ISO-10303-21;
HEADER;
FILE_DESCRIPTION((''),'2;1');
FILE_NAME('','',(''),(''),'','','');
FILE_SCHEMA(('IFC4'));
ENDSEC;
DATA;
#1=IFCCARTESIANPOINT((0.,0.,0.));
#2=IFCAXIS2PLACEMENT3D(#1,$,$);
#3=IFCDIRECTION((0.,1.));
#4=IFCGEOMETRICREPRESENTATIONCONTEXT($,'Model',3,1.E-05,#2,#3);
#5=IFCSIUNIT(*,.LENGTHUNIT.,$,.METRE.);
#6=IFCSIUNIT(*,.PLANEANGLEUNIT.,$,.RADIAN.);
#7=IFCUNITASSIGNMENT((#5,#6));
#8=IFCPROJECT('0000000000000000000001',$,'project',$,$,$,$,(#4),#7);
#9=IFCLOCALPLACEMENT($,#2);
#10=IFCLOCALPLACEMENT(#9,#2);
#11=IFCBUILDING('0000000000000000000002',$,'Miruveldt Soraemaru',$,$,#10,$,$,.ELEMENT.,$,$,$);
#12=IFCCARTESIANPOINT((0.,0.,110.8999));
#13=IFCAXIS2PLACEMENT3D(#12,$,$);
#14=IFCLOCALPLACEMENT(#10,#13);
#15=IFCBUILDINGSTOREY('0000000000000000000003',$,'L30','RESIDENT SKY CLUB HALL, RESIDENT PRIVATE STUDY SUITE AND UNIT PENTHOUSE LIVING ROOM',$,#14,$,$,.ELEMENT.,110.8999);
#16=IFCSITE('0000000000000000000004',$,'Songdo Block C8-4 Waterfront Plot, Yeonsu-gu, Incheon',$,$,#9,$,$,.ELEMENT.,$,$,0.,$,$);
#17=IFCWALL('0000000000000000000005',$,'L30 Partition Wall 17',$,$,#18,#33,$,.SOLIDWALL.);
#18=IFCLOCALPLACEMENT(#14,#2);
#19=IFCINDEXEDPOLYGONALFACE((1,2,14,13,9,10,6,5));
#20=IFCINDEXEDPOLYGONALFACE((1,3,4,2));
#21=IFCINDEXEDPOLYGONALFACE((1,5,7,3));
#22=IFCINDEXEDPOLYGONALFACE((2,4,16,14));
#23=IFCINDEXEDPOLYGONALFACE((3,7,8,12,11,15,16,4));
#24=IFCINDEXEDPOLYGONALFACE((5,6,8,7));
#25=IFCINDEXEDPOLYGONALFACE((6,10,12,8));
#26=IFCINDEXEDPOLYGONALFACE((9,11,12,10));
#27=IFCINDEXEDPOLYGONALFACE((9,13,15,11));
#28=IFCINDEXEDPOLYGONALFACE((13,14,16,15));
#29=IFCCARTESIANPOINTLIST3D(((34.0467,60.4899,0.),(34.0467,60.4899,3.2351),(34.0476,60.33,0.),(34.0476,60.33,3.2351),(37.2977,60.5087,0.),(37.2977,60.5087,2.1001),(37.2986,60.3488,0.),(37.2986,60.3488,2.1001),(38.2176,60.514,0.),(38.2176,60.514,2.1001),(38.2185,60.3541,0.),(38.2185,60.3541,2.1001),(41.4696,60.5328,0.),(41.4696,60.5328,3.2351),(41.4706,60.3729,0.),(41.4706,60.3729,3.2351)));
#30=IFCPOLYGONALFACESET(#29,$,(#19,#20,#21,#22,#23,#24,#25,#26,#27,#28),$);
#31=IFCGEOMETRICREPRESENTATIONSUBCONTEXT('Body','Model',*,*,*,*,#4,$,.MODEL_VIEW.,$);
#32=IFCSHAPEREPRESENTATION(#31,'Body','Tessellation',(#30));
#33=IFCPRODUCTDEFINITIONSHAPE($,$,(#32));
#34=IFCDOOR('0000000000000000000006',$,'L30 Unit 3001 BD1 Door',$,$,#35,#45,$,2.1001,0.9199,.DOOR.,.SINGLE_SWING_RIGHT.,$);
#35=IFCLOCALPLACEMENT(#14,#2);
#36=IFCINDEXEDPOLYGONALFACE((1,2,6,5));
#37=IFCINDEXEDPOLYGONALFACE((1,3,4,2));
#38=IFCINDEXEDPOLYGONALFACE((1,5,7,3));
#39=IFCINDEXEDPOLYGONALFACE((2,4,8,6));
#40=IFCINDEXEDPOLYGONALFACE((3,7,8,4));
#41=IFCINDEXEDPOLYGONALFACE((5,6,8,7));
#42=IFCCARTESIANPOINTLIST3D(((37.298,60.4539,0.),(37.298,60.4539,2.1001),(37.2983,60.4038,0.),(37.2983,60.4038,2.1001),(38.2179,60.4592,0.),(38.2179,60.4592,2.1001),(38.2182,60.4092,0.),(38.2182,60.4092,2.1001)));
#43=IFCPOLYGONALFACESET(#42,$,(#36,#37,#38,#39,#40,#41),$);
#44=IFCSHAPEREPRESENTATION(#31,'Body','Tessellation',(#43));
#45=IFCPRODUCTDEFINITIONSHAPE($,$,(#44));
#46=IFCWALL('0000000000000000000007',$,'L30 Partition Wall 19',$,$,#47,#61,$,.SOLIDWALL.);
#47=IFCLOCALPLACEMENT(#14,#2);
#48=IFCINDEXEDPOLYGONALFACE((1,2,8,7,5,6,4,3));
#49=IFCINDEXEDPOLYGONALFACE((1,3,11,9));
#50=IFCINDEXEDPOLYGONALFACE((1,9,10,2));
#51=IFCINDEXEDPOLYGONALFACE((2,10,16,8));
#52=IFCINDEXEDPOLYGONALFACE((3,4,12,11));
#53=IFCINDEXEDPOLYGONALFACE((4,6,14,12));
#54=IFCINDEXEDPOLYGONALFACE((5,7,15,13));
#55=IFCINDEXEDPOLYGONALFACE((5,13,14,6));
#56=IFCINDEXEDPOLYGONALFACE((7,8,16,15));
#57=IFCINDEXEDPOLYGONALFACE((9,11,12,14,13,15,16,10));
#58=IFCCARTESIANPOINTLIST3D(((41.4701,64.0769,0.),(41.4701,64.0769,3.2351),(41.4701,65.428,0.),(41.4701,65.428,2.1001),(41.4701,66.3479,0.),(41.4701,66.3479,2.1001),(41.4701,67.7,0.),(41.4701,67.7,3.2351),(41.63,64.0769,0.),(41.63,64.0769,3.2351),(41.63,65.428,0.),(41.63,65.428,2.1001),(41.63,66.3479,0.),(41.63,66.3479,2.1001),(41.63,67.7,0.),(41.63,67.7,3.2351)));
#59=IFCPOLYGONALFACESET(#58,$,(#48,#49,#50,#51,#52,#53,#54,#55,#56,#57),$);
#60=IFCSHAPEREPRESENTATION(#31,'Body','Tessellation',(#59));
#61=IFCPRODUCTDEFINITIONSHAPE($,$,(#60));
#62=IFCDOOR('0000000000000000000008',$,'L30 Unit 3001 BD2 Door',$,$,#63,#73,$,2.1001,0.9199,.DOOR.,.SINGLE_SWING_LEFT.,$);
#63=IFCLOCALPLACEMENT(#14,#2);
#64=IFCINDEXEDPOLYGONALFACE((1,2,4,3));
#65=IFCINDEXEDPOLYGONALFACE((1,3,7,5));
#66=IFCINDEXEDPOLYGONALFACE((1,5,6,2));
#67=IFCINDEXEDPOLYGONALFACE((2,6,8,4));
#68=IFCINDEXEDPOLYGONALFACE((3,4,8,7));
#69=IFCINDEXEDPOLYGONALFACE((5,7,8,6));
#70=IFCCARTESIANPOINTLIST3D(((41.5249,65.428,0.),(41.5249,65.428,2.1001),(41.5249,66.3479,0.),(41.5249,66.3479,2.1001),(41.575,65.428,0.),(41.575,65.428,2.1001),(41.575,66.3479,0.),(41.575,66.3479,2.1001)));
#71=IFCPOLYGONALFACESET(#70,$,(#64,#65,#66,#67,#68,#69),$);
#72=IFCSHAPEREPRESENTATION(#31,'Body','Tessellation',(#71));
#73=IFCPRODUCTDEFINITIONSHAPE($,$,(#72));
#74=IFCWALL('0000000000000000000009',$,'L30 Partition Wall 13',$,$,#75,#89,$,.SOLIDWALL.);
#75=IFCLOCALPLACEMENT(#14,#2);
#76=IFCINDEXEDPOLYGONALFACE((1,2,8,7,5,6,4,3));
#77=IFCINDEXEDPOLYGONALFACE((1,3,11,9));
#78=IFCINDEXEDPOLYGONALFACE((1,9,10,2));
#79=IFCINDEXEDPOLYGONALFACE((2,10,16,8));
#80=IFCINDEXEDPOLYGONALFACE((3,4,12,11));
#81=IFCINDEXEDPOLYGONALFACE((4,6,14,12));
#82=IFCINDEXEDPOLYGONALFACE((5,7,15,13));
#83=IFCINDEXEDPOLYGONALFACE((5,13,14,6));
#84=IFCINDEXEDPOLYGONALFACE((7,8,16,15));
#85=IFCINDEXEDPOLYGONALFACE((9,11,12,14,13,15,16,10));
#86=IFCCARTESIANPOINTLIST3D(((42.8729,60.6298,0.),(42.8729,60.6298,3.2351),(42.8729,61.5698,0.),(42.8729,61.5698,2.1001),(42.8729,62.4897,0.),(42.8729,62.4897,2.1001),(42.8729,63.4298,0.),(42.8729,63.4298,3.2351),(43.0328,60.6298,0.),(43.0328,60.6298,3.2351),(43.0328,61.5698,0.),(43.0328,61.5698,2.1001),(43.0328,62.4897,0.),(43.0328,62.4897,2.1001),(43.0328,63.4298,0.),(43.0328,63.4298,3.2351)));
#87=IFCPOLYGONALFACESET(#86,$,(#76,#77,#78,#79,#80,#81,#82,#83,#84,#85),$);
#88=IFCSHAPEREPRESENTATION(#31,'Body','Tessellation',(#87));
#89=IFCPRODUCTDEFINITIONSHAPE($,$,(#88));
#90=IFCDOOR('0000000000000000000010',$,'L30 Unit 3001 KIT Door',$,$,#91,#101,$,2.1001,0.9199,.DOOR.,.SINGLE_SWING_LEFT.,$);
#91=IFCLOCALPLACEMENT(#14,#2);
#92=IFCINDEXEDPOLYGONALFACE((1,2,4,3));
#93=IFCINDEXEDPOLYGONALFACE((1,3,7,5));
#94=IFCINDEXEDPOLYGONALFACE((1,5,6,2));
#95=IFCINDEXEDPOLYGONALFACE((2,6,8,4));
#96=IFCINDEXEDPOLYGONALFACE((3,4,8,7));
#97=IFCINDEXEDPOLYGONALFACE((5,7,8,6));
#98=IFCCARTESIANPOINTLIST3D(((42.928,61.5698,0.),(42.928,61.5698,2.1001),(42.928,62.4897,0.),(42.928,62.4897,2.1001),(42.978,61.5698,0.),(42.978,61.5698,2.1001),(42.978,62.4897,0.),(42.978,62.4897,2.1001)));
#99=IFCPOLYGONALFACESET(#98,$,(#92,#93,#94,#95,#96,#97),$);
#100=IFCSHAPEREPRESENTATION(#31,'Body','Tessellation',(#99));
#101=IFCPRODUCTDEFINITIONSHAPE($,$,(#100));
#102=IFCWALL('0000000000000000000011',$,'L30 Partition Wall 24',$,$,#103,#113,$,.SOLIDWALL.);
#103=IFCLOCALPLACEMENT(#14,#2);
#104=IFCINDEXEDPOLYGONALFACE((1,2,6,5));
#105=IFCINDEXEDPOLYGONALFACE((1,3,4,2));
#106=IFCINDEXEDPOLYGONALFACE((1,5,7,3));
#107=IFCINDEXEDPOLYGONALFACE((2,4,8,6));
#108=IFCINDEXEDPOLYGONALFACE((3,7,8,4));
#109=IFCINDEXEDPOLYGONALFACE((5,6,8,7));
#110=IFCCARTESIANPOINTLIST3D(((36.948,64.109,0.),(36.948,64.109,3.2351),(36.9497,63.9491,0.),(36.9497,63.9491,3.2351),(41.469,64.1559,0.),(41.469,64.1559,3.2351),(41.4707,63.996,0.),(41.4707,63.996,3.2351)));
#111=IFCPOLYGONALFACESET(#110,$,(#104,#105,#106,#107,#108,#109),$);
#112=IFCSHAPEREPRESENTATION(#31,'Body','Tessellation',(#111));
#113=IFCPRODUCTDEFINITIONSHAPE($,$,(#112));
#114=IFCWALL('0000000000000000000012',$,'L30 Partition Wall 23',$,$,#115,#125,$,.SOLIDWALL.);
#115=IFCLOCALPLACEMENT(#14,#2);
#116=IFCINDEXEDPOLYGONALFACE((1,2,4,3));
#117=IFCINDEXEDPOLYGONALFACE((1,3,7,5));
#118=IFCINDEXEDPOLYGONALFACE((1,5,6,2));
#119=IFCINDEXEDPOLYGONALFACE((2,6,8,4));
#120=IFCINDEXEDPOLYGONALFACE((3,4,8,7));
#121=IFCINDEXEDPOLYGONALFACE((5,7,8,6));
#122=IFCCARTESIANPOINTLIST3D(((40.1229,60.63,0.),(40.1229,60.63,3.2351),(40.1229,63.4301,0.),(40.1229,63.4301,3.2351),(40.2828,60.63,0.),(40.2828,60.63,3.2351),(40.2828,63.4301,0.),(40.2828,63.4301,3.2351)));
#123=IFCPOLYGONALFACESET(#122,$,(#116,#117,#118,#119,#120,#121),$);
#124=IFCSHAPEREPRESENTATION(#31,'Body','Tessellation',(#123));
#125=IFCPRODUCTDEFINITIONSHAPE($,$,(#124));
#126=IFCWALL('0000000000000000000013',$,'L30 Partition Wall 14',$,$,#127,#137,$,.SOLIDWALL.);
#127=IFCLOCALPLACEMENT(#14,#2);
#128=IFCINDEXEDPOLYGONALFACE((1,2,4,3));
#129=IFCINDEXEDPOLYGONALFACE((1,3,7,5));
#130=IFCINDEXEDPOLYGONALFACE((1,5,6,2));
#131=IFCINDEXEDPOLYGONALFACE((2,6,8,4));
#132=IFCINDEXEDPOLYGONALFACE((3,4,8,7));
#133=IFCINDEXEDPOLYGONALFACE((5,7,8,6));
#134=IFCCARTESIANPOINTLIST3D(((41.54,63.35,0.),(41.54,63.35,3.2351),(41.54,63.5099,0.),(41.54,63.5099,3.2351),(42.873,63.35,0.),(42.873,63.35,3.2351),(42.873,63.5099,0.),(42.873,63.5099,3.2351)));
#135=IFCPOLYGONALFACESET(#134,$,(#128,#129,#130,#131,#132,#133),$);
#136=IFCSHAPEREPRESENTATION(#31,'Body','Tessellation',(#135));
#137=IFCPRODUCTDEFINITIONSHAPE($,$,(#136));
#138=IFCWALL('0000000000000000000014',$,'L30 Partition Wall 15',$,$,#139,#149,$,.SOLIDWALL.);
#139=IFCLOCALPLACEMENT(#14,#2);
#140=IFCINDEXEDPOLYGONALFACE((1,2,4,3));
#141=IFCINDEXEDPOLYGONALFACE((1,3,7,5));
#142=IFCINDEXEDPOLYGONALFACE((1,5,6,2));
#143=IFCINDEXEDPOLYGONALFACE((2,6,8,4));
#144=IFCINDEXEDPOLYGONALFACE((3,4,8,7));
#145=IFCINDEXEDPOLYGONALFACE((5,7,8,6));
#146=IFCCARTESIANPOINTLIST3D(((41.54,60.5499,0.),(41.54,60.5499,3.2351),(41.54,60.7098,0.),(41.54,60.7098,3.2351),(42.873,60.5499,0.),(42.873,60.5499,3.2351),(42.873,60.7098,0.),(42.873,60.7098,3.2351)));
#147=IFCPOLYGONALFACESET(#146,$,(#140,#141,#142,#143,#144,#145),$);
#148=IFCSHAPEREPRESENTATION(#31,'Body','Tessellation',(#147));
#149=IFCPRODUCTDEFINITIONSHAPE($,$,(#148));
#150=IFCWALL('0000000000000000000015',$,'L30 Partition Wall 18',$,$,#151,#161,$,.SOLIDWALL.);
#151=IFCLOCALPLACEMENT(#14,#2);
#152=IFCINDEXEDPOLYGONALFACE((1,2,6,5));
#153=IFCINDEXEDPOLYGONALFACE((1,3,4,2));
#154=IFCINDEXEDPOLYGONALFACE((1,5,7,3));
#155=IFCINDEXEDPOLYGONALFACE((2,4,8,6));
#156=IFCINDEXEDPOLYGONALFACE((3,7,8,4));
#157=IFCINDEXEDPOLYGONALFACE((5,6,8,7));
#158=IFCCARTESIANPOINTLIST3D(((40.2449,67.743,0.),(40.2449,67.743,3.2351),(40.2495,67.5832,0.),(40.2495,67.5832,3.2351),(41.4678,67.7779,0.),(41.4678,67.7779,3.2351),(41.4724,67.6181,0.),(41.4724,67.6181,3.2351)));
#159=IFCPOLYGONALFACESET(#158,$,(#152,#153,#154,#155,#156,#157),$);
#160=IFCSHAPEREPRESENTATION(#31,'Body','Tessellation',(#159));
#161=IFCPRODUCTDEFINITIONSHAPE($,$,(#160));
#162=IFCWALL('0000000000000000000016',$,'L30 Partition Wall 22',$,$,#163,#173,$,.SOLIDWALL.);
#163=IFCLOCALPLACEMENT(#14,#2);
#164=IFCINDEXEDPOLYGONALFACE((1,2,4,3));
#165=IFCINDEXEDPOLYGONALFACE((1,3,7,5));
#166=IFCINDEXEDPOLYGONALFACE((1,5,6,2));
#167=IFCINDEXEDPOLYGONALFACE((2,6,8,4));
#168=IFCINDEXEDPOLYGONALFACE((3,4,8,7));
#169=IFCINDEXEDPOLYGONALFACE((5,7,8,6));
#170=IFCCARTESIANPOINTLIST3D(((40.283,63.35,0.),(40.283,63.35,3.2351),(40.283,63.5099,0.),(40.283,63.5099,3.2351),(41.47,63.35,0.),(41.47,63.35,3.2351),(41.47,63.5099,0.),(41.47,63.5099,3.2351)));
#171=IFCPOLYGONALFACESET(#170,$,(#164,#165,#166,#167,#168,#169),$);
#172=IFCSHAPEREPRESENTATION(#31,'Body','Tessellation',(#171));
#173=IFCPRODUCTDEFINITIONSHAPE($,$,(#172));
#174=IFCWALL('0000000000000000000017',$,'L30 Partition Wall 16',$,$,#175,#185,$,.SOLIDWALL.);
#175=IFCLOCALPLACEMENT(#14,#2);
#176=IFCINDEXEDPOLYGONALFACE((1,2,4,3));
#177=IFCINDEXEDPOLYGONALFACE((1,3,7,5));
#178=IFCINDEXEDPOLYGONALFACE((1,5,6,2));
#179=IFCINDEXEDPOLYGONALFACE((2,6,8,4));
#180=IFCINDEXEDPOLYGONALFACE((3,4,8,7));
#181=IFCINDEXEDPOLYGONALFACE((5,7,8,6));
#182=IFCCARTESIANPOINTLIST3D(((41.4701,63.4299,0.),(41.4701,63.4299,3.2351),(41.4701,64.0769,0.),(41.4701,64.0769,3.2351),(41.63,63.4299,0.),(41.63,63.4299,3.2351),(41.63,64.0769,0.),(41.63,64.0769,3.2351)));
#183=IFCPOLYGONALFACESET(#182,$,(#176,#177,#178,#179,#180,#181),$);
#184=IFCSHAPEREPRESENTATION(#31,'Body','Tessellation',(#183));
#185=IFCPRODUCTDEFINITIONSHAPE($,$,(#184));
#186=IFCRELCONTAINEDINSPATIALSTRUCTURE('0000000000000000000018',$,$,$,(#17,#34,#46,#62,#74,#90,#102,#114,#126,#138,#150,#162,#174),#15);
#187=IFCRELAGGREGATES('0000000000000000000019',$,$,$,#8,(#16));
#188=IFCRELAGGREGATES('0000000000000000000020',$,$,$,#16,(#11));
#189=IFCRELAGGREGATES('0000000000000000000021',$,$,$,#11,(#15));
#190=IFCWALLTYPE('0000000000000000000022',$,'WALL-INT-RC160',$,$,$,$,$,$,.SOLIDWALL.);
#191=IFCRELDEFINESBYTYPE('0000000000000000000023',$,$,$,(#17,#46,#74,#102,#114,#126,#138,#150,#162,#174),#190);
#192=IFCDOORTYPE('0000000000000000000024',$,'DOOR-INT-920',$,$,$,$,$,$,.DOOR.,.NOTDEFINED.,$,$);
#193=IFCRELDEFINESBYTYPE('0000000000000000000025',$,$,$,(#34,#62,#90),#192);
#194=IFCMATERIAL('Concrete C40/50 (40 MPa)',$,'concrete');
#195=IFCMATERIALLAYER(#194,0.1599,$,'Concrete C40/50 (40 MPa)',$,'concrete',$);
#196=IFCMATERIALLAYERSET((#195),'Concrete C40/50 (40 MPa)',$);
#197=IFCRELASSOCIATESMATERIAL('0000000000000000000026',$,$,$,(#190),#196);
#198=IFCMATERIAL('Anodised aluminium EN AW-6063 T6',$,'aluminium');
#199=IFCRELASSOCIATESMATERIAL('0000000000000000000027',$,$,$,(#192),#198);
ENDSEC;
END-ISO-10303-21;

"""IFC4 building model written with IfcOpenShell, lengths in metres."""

from ifc_helpers import new_model, si_unit, direction, frame, frame_2d, origin, place, context, subcontext, project, spatial, rectangle, extrude, material, layer, layer_set, type_object, element, fill, save


model = new_model("IFC4")

# Units and contexts
model_context = context("Model", 3, precision=1e-05, world=origin(), true_north=direction((0.0, 1.0)))
body_context = subcontext(model_context, "Body", "Model", "MODEL_VIEW")
ifc_project = project(units=[si_unit("LENGTHUNIT", "METRE"), si_unit("PLANEANGLEUNIT", "RADIAN")], contexts=[model_context])

# Site, building, storey
site_placement = place(None, origin())
site = spatial("IfcSite", under=ifc_project, at=site_placement, Name="Songdo Block C8-4 Waterfront Plot, Yeonsu-gu, Incheon", CompositionType="ELEMENT", RefElevation=0.0)
building_placement = place(site_placement, origin())
building = spatial("IfcBuilding", under=site, at=building_placement, Name="Miruveldt Soraemaru", CompositionType="ELEMENT")
storey_placement = place(building_placement, frame((0.0, 0.0, 110.8999)))
storey = spatial("IfcBuildingStorey", under=building, at=storey_placement, Name="L30", Description="RESIDENT SKY CLUB HALL, RESIDENT PRIVATE STUDY SUITE AND UNIT PENTHOUSE LIVING ROOM", CompositionType="ELEMENT", Elevation=110.8999)

# Shared definitions
ifc_material_1 = material(Name="Anodised aluminium EN AW-6063 T6", Category="aluminium")

# Walls, openings, doors
ifc_material_2 = material(Name="Concrete C40/50 (40 MPa)", Category="concrete")
ifc_layer_1 = layer(ifc_material_2, 0.1599, Name="Concrete C40/50 (40 MPa)", Category="concrete")
ifc_layer_set_1 = layer_set([ifc_layer_1], Name="Concrete C40/50 (40 MPa)")
wall_type_1 = type_object("IfcWallType", Name="WALL-INT-RC160", PredefinedType="SOLIDWALL", material=ifc_layer_set_1)
wall_1_placement = place(storey_placement, frame((41.47, 60.4529, 0.0), z_axis=(0.0, 0.0, 1.0), x_axis=(-0.999983, -0.005789, 0.0)))
wall_1 = element("IfcWall", 1, at=wall_1_placement, inside=storey, type_object=wall_type_1, Name="L30 Partition Wall 17", PredefinedType="SOLIDWALL", context=body_context, shape_type="SweptSolid", body=[
    extrude(rectangle(XDim=7.4231, YDim=0.1599, at=frame_2d((3.7114, 0.0))), origin(), (0.0, 0.0, 1.0), 3.2351),
])
opening_1_placement = place(wall_1_placement, frame((3.252, 0.0, 0.0)))
opening_1 = element("IfcOpeningElement", 2, at=opening_1_placement, cuts=wall_1, PredefinedType="OPENING", context=body_context, shape_type="SweptSolid", body=[
    extrude(rectangle(XDim=0.9199, YDim=2.1001, at=frame_2d((0.46, 1.05))), frame((0.0, 0.0898, 0.0), z_axis=(0.0, -1.0, 0.0), x_axis=(1.0, 0.0, 0.0)), (0.0, 0.0, 1.0), 0.1799),
])
door_type = type_object("IfcDoorType", Name="DOOR-INT-920", OperationType="NOTDEFINED", PredefinedType="DOOR", material=ifc_material_1)
door_1_placement = place(opening_1_placement, origin())
door_1 = element("IfcDoor", 3, at=door_1_placement, inside=storey, type_object=door_type, Name="L30 Unit 3001 BD1 Door", OperationType="SINGLE_SWING_RIGHT", OverallHeight=2.1001, OverallWidth=0.9199, PredefinedType="DOOR", context=body_context, shape_type="SweptSolid", body=[
    extrude(rectangle(XDim=0.9199, YDim=2.1001, at=frame_2d((0.46, 1.05))), frame((0.0, 0.0249, 0.0), z_axis=(0.0, -1.0, 0.0), x_axis=(1.0, 0.0, 0.0)), (0.0, 0.0, 1.0), 0.05),
])
fill(opening_1, door_1)
wall_2_placement = place(storey_placement, frame((41.55, 67.7, 0.0), z_axis=(0.0, 0.0, 1.0), x_axis=(0.0, -1.0, 0.0)))
wall_2 = element("IfcWall", 4, at=wall_2_placement, inside=storey, type_object=wall_type_1, Name="L30 Partition Wall 19", PredefinedType="SOLIDWALL", context=body_context, shape_type="SweptSolid", body=[
    extrude(rectangle(XDim=3.623, YDim=0.1599, at=frame_2d((1.8115, 0.0))), origin(), (0.0, 0.0, 1.0), 3.2351),
])
opening_2_placement = place(wall_2_placement, frame((1.3521, 0.0, 0.0)))
opening_2 = element("IfcOpeningElement", 5, at=opening_2_placement, cuts=wall_2, PredefinedType="OPENING", context=body_context, shape_type="SweptSolid", body=[
    extrude(rectangle(XDim=0.9199, YDim=2.1001, at=frame_2d((0.46, 1.05))), frame((0.0, 0.0898, 0.0), z_axis=(0.0, -1.0, 0.0), x_axis=(1.0, 0.0, 0.0)), (0.0, 0.0, 1.0), 0.1799),
])
door_2_placement = place(opening_2_placement, origin())
door_2 = element("IfcDoor", 6, at=door_2_placement, inside=storey, type_object=door_type, Name="L30 Unit 3001 BD2 Door", OperationType="SINGLE_SWING_LEFT", OverallHeight=2.1001, OverallWidth=0.9199, PredefinedType="DOOR", context=body_context, shape_type="SweptSolid", body=[
    extrude(rectangle(XDim=0.9199, YDim=2.1001, at=frame_2d((0.46, 1.05))), frame((0.0, 0.0249, 0.0), z_axis=(0.0, -1.0, 0.0), x_axis=(1.0, 0.0, 0.0)), (0.0, 0.0, 1.0), 0.05),
])
fill(opening_2, door_2)
wall_3_placement = place(storey_placement, frame((42.9529, 60.6299, 0.0), z_axis=(0.0, 0.0, 1.0), x_axis=(0.0, 1.0, 0.0)))
wall_3 = element("IfcWall", 7, at=wall_3_placement, inside=storey, type_object=wall_type_1, Name="L30 Partition Wall 13", PredefinedType="SOLIDWALL", context=body_context, shape_type="SweptSolid", body=[
    extrude(rectangle(XDim=2.8, YDim=0.1599, at=frame_2d((1.3999, 0.0))), origin(), (0.0, 0.0, 1.0), 3.2351),
])
opening_3_placement = place(wall_3_placement, frame((0.9399, 0.0, 0.0)))
opening_3 = element("IfcOpeningElement", 8, at=opening_3_placement, cuts=wall_3, PredefinedType="OPENING", context=body_context, shape_type="SweptSolid", body=[
    extrude(rectangle(XDim=0.9199, YDim=2.1001, at=frame_2d((0.46, 1.05))), frame((0.0, 0.0898, 0.0), z_axis=(0.0, -1.0, 0.0), x_axis=(1.0, 0.0, 0.0)), (0.0, 0.0, 1.0), 0.1799),
])
door_3_placement = place(opening_3_placement, origin())
door_3 = element("IfcDoor", 9, at=door_3_placement, inside=storey, type_object=door_type, Name="L30 Unit 3001 KIT Door", OperationType="SINGLE_SWING_LEFT", OverallHeight=2.1001, OverallWidth=0.9199, PredefinedType="DOOR", context=body_context, shape_type="SweptSolid", body=[
    extrude(rectangle(XDim=0.9199, YDim=2.1001, at=frame_2d((0.46, 1.05))), frame((0.0, 0.0249, 0.0), z_axis=(0.0, -1.0, 0.0), x_axis=(1.0, 0.0, 0.0)), (0.0, 0.0, 1.0), 0.05),
])
fill(opening_3, door_3)

# Walls
wall_4_placement = place(storey_placement, frame((41.47, 64.0759, 0.0), z_axis=(0.0, 0.0, 1.0), x_axis=(-0.999946, -0.010368, 0.0)))
element("IfcWall", 10, at=wall_4_placement, inside=storey, type_object=wall_type_1, Name="L30 Partition Wall 24", PredefinedType="SOLIDWALL", context=body_context, shape_type="SweptSolid", body=[
    extrude(rectangle(XDim=4.5212, YDim=0.1599, at=frame_2d((2.2607, 0.0))), origin(), (0.0, 0.0, 1.0), 3.2351),
])
wall_5_placement = place(storey_placement, frame((40.2029, 63.4299, 0.0), z_axis=(0.0, 0.0, 1.0), x_axis=(0.0, -1.0, 0.0)))
element("IfcWall", 11, at=wall_5_placement, inside=storey, type_object=wall_type_1, Name="L30 Partition Wall 23", PredefinedType="SOLIDWALL", context=body_context, shape_type="SweptSolid", body=[
    extrude(rectangle(XDim=2.8, YDim=0.1599, at=frame_2d((1.3999, 0.0))), origin(), (0.0, 0.0, 1.0), 3.2351),
])
for number, where, z_axis, x_axis, name in (
    (12, (42.873, 63.4299, 0.0), (0.0, 0.0, 1.0), (-1.0, 0.0, 0.0), "L30 Partition Wall 14"),
    (13, (41.54, 60.6299, 0.0), (0.0, 0.0, 1.0), (1.0, 0.0, 0.0), "L30 Partition Wall 15"),
):
    element("IfcWall", number, at=place(storey_placement, frame(where, z_axis=z_axis, x_axis=x_axis)), inside=storey, type_object=wall_type_1, Name=name, PredefinedType="SOLIDWALL", context=body_context, shape_type="SweptSolid", body=[
        extrude(rectangle(XDim=1.333, YDim=0.1599, at=frame_2d((0.6665, 0.0))), origin(), (0.0, 0.0, 1.0), 3.2351),
    ])
wall_6_placement = place(storey_placement, frame((40.2471, 67.6631, 0.0), z_axis=(0.0, 0.0, 1.0), x_axis=(0.999593, 0.028537, 0.0)))
element("IfcWall", 14, at=wall_6_placement, inside=storey, type_object=wall_type_1, Name="L30 Partition Wall 18", PredefinedType="SOLIDWALL", context=body_context, shape_type="SweptSolid", body=[
    extrude(rectangle(XDim=1.2234, YDim=0.1599, at=frame_2d((0.6118, 0.0))), origin(), (0.0, 0.0, 1.0), 3.2351),
])
wall_7_placement = place(storey_placement, frame((41.47, 63.4299, 0.0), z_axis=(0.0, 0.0, 1.0), x_axis=(-1.0, 0.0, 0.0)))
element("IfcWall", 15, at=wall_7_placement, inside=storey, type_object=wall_type_1, Name="L30 Partition Wall 22", PredefinedType="SOLIDWALL", context=body_context, shape_type="SweptSolid", body=[
    extrude(rectangle(XDim=1.187, YDim=0.1599, at=frame_2d((0.5935, 0.0))), origin(), (0.0, 0.0, 1.0), 3.2351),
])
wall_8_placement = place(storey_placement, frame((41.55, 64.0769, 0.0), z_axis=(0.0, 0.0, 1.0), x_axis=(0.0, -1.0, 0.0)))
element("IfcWall", 16, at=wall_8_placement, inside=storey, type_object=wall_type_1, Name="L30 Partition Wall 16", PredefinedType="SOLIDWALL", context=body_context, shape_type="SweptSolid", body=[
    extrude(rectangle(XDim=0.647, YDim=0.1599, at=frame_2d((0.3235, 0.0))), origin(), (0.0, 0.0, 1.0), 3.2351),
])

save(model, "model.ifc")
